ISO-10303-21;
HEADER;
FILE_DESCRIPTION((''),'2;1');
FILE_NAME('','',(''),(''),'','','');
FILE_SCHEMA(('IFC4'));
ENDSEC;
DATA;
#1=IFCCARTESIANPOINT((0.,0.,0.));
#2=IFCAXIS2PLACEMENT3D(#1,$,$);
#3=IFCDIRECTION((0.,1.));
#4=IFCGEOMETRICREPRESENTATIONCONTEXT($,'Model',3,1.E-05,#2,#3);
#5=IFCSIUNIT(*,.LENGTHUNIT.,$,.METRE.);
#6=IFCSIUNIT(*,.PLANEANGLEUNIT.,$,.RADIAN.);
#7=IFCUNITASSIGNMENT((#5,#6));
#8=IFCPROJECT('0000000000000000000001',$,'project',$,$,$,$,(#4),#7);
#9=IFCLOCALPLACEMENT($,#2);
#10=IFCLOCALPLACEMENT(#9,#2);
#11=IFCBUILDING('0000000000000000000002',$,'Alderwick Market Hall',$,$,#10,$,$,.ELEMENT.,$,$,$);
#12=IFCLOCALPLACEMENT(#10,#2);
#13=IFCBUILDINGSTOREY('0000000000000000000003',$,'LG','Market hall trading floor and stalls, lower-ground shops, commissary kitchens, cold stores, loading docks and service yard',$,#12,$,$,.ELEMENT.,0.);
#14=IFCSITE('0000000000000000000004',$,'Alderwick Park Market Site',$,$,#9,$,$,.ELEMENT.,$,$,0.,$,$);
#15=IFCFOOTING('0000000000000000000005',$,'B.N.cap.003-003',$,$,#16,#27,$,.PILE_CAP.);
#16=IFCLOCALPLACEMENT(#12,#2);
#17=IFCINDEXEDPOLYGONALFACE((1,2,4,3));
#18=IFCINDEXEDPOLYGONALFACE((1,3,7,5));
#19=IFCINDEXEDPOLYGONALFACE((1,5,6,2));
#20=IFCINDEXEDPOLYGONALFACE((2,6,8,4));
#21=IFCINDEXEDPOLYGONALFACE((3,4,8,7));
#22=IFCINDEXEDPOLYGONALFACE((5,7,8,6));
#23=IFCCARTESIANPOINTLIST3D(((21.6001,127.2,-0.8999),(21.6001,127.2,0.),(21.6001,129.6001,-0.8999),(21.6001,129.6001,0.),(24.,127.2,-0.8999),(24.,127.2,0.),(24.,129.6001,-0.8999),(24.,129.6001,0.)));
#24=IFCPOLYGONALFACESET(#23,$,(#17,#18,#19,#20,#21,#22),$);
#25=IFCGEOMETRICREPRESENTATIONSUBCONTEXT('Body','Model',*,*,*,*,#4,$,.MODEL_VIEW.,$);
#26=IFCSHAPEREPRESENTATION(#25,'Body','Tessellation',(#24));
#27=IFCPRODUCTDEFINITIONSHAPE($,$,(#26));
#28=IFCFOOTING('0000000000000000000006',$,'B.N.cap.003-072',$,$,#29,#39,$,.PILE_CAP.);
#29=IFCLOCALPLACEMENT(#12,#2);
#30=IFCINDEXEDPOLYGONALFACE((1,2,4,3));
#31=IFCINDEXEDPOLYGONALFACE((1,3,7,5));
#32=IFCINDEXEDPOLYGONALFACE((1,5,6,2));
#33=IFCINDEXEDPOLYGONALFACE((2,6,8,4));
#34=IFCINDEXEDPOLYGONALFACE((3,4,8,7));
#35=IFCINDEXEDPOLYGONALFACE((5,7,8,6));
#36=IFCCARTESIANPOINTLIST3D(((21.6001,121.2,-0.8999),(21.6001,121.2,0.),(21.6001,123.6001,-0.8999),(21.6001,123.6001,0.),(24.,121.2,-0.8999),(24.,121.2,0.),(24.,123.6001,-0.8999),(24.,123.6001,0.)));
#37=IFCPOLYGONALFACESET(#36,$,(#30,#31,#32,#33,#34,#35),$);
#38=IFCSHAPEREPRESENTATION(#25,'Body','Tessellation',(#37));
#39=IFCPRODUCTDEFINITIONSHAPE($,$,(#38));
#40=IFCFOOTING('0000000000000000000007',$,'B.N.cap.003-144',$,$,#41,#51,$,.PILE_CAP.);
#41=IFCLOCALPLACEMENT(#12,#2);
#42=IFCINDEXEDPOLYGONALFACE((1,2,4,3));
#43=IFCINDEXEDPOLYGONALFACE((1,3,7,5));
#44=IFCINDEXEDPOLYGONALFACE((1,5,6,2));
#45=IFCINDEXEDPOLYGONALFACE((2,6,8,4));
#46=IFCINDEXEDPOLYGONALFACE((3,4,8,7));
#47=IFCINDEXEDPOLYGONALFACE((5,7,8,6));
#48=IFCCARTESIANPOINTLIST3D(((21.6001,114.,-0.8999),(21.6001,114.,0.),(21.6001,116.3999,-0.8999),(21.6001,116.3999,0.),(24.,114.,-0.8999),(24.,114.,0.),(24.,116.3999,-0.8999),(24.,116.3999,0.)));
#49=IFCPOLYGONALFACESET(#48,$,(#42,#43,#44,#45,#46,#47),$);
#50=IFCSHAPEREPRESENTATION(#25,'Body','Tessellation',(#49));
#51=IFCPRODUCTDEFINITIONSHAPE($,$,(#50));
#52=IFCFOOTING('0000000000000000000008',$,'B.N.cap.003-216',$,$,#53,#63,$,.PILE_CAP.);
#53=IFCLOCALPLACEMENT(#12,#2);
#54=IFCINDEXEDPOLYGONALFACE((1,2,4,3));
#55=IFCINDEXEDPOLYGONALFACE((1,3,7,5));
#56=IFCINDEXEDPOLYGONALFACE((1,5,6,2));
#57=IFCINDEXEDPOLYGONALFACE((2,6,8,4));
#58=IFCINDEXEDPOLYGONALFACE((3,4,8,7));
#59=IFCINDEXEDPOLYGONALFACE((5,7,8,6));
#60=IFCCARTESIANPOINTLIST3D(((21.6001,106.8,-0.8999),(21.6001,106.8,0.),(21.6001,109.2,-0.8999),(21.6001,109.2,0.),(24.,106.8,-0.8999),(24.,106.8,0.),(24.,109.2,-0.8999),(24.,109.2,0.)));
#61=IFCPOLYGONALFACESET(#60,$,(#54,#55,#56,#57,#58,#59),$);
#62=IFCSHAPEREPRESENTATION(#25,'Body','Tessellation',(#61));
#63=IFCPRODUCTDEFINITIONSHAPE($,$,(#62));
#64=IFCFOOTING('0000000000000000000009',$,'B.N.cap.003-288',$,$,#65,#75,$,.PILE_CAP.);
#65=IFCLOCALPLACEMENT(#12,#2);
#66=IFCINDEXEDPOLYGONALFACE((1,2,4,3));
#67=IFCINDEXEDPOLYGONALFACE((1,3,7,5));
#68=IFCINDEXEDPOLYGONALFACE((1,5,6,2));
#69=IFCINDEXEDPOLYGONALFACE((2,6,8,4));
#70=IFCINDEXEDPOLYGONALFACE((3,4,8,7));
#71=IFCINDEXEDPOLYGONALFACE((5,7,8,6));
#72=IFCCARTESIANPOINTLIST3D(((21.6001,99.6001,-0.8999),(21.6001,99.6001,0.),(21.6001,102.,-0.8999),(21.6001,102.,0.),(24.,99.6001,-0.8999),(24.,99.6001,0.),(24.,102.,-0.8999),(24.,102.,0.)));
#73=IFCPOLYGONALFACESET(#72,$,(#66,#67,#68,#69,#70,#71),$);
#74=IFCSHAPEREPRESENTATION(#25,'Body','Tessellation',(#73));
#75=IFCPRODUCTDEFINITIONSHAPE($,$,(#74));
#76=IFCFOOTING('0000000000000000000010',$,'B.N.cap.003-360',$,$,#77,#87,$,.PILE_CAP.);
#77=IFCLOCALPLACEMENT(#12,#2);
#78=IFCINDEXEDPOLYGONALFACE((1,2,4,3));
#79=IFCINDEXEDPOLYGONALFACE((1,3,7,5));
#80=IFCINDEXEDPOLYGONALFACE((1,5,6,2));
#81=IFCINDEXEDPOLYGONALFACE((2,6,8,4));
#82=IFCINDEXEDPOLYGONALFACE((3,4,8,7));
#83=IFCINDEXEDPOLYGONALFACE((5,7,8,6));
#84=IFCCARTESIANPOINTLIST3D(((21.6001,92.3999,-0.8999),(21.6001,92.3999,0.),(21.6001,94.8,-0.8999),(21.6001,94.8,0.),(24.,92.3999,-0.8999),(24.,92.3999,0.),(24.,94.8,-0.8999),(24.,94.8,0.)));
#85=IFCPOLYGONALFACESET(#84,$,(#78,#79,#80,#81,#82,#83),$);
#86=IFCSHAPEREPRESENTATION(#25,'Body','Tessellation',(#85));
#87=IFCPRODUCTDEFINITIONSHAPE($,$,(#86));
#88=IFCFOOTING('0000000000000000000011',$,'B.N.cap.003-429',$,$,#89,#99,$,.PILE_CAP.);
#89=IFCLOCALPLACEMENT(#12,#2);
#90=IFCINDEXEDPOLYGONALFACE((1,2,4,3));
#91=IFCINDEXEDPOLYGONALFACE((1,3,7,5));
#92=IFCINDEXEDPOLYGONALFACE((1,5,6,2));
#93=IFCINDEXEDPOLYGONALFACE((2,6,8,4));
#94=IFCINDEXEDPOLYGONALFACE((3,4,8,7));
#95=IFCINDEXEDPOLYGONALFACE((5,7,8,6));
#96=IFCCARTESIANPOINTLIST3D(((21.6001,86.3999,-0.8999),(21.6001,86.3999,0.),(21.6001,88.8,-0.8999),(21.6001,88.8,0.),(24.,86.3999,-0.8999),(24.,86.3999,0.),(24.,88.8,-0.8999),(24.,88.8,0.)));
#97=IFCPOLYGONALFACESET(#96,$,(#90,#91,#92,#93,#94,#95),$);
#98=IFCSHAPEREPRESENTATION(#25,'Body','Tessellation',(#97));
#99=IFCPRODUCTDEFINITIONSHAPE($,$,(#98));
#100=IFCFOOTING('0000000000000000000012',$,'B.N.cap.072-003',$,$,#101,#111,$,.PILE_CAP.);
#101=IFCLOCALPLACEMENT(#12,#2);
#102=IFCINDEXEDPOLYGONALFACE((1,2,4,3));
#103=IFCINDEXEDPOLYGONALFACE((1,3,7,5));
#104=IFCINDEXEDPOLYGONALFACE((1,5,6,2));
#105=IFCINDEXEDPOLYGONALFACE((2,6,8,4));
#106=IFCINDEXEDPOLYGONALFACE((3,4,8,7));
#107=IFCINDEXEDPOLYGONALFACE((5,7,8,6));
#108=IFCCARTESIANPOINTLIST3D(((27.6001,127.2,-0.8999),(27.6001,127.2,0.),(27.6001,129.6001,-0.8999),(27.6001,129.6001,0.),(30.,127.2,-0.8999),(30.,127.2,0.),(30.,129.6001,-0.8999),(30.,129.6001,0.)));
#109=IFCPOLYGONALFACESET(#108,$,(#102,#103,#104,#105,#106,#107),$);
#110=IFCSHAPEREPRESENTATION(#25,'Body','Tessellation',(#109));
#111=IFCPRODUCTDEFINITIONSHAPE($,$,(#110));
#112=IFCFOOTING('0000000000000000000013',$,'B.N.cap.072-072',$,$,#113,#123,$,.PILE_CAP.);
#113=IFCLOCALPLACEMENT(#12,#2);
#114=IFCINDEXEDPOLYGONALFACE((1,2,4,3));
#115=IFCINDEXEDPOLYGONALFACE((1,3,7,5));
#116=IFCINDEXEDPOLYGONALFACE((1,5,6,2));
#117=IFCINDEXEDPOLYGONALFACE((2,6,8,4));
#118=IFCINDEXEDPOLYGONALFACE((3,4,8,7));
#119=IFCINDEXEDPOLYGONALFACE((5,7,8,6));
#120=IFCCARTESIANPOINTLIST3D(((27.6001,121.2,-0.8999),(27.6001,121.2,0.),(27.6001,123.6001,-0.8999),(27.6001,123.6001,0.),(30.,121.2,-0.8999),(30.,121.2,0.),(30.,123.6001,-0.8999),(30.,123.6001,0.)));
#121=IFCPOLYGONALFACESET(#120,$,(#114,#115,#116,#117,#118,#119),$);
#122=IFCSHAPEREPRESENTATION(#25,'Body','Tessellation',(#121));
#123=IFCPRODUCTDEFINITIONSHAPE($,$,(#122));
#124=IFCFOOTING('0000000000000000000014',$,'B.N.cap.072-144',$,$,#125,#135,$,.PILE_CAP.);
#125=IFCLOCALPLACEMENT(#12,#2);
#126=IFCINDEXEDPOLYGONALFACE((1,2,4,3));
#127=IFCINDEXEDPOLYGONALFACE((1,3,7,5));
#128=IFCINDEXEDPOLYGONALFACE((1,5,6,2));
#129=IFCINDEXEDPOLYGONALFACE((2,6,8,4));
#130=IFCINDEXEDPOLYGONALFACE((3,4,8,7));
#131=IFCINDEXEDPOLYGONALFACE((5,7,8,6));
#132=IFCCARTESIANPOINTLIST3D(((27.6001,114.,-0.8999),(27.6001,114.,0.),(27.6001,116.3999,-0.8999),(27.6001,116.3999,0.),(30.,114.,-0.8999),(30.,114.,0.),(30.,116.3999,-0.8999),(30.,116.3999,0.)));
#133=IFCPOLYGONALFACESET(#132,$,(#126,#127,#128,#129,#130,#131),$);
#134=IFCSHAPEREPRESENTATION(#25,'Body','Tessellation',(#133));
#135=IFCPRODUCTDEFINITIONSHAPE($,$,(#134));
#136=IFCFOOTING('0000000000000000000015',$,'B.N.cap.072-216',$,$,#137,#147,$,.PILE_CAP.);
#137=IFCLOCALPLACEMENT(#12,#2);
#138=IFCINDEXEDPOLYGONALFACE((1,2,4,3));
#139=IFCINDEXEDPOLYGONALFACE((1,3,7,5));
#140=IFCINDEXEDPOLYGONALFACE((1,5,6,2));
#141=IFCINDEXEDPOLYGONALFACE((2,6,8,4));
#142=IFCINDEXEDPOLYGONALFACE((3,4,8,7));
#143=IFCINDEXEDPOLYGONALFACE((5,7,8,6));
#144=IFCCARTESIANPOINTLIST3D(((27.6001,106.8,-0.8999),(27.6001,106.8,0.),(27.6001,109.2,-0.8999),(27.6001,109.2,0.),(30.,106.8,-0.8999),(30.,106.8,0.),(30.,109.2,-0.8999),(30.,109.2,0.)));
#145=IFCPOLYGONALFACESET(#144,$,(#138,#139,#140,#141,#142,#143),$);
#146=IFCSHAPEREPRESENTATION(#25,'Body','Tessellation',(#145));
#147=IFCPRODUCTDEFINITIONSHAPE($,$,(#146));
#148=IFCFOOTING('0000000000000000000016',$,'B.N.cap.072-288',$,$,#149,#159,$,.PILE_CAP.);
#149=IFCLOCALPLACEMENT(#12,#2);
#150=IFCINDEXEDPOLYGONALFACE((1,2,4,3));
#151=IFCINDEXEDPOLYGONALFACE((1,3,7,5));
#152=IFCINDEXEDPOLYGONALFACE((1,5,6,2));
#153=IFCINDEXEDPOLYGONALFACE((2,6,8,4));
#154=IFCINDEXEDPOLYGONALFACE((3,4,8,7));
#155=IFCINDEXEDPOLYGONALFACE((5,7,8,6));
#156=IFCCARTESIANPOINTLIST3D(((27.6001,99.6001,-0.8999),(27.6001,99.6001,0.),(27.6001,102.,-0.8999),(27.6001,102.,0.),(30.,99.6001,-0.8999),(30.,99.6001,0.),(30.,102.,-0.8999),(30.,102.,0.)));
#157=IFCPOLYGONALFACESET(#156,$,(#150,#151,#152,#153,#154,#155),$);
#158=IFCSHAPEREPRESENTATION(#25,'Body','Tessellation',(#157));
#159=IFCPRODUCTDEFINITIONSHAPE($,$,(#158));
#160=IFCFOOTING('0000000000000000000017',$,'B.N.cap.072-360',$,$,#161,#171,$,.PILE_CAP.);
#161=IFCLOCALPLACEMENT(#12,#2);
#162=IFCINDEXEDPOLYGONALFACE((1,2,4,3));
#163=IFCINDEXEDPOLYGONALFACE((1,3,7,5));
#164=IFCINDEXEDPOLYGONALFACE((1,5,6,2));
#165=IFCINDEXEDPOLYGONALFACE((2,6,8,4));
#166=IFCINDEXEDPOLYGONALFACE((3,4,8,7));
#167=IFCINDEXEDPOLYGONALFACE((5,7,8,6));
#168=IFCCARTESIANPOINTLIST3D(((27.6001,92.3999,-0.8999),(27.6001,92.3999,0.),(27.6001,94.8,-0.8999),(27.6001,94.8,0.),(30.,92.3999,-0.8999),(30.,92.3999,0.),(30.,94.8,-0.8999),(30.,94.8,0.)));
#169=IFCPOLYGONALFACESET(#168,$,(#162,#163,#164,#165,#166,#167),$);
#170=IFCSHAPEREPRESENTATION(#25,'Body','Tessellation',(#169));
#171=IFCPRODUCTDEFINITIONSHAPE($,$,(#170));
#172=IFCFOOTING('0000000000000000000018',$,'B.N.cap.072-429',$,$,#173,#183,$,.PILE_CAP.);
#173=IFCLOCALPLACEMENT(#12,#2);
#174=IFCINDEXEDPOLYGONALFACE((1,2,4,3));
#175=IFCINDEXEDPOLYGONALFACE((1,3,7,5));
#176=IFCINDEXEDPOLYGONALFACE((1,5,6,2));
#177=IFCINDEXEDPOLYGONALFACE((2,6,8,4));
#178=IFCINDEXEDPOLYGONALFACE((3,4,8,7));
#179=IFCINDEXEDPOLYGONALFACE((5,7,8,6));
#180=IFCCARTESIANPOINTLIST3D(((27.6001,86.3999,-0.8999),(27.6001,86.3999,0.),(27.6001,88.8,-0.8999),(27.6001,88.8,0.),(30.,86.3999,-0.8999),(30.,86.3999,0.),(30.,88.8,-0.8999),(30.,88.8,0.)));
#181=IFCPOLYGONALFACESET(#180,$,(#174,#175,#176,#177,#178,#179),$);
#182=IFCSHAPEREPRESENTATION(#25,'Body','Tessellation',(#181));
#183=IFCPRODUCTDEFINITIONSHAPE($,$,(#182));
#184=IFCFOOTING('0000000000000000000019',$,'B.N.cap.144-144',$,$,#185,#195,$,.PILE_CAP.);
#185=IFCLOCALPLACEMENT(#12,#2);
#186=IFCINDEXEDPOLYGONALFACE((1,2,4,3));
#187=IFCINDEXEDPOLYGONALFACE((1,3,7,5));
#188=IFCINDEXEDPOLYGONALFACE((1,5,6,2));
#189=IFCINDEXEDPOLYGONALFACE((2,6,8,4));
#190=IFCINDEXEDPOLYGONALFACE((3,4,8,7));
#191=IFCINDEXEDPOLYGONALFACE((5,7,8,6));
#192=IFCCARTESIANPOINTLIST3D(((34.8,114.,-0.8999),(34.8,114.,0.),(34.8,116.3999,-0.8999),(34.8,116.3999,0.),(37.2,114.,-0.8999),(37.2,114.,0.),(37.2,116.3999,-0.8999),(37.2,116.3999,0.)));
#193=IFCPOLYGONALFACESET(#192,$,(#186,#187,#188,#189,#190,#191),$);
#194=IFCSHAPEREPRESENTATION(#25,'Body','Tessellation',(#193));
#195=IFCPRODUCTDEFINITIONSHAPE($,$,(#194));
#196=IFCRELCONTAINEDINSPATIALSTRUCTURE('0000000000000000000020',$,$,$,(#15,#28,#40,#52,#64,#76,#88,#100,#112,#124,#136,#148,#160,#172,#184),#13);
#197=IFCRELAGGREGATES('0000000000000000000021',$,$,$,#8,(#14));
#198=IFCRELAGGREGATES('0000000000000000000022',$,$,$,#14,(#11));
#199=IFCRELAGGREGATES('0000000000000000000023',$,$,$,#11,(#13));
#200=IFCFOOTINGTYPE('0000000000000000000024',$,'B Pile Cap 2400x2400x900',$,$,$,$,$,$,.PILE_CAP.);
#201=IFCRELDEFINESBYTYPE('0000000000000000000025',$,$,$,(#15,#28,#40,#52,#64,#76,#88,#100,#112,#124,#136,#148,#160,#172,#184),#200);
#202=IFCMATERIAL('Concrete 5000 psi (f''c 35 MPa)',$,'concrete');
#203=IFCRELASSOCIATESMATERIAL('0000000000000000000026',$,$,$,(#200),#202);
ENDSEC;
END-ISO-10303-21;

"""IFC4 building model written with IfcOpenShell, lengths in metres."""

from ifc_helpers import new_model, si_unit, direction, frame, origin, place, context, subcontext, project, spatial, polyline, outline, extrude, material, type_object, element, save


model = new_model("IFC4")

# Units and contexts
model_context = context("Model", 3, precision=1e-05, world=origin(), true_north=direction((0.0, 1.0)))
body_context = subcontext(model_context, "Body", "Model", "MODEL_VIEW")
ifc_project = project(units=[si_unit("LENGTHUNIT", "METRE"), si_unit("PLANEANGLEUNIT", "RADIAN")], contexts=[model_context])

# Site, building, storey
site_placement = place(None, origin())
site = spatial("IfcSite", under=ifc_project, at=site_placement, Name="Alderwick Park Market Site", CompositionType="ELEMENT", RefElevation=0.0)
building_placement = place(site_placement, origin())
building = spatial("IfcBuilding", under=site, at=building_placement, Name="Alderwick Market Hall", CompositionType="ELEMENT")
storey_placement = place(building_placement, origin())
storey = spatial("IfcBuildingStorey", under=building, at=storey_placement, Name="LG", Description="Market hall trading floor and stalls, lower-ground shops, commissary kitchens, cold stores, loading docks and service yard", CompositionType="ELEMENT", Elevation=0.0)

# Footings
ifc_material_1 = material(Name="Concrete 5000 psi (f'c 35 MPa)", Category="concrete")
footing_type_1 = type_object("IfcFootingType", Name="B Pile Cap 2400x2400x900", PredefinedType="PILE_CAP", material=ifc_material_1)
footing_1_placement = place(storey_placement, frame((0.0, 0.0, -0.8999)))
element("IfcFooting", 1, at=footing_1_placement, inside=storey, type_object=footing_type_1, Name="B.N.cap.003-003", PredefinedType="PILE_CAP", context=body_context, shape_type="SweptSolid", body=[
    extrude(outline(polyline([(21.6001, 127.2), (24.0, 127.2), (24.0, 129.6001), (21.6001, 129.6001), (21.6001, 127.2)])), origin(), (0.0, 0.0, 1.0), 0.8999),
])
footing_2_placement = place(storey_placement, frame((0.0, 0.0, -0.8999)))
element("IfcFooting", 2, at=footing_2_placement, inside=storey, type_object=footing_type_1, Name="B.N.cap.003-072", PredefinedType="PILE_CAP", context=body_context, shape_type="SweptSolid", body=[
    extrude(outline(polyline([(21.6001, 121.2), (24.0, 121.2), (24.0, 123.6001), (21.6001, 123.6001), (21.6001, 121.2)])), origin(), (0.0, 0.0, 1.0), 0.8999),
])
footing_3_placement = place(storey_placement, frame((0.0, 0.0, -0.8999)))
element("IfcFooting", 3, at=footing_3_placement, inside=storey, type_object=footing_type_1, Name="B.N.cap.003-144", PredefinedType="PILE_CAP", context=body_context, shape_type="SweptSolid", body=[
    extrude(outline(polyline([(21.6001, 114.0), (24.0, 114.0), (24.0, 116.3999), (21.6001, 116.3999), (21.6001, 114.0)])), origin(), (0.0, 0.0, 1.0), 0.8999),
])
footing_4_placement = place(storey_placement, frame((0.0, 0.0, -0.8999)))
element("IfcFooting", 4, at=footing_4_placement, inside=storey, type_object=footing_type_1, Name="B.N.cap.003-216", PredefinedType="PILE_CAP", context=body_context, shape_type="SweptSolid", body=[
    extrude(outline(polyline([(21.6001, 106.8), (24.0, 106.8), (24.0, 109.2), (21.6001, 109.2), (21.6001, 106.8)])), origin(), (0.0, 0.0, 1.0), 0.8999),
])
footing_5_placement = place(storey_placement, frame((0.0, 0.0, -0.8999)))
element("IfcFooting", 5, at=footing_5_placement, inside=storey, type_object=footing_type_1, Name="B.N.cap.003-288", PredefinedType="PILE_CAP", context=body_context, shape_type="SweptSolid", body=[
    extrude(outline(polyline([(21.6001, 99.6001), (24.0, 99.6001), (24.0, 102.0), (21.6001, 102.0), (21.6001, 99.6001)])), origin(), (0.0, 0.0, 1.0), 0.8999),
])
footing_6_placement = place(storey_placement, frame((0.0, 0.0, -0.8999)))
element("IfcFooting", 6, at=footing_6_placement, inside=storey, type_object=footing_type_1, Name="B.N.cap.003-360", PredefinedType="PILE_CAP", context=body_context, shape_type="SweptSolid", body=[
    extrude(outline(polyline([(21.6001, 92.3999), (24.0, 92.3999), (24.0, 94.8), (21.6001, 94.8), (21.6001, 92.3999)])), origin(), (0.0, 0.0, 1.0), 0.8999),
])
footing_7_placement = place(storey_placement, frame((0.0, 0.0, -0.8999)))
element("IfcFooting", 7, at=footing_7_placement, inside=storey, type_object=footing_type_1, Name="B.N.cap.003-429", PredefinedType="PILE_CAP", context=body_context, shape_type="SweptSolid", body=[
    extrude(outline(polyline([(21.6001, 86.3999), (24.0, 86.3999), (24.0, 88.8), (21.6001, 88.8), (21.6001, 86.3999)])), origin(), (0.0, 0.0, 1.0), 0.8999),
])
footing_8_placement = place(storey_placement, frame((0.0, 0.0, -0.8999)))
element("IfcFooting", 8, at=footing_8_placement, inside=storey, type_object=footing_type_1, Name="B.N.cap.072-003", PredefinedType="PILE_CAP", context=body_context, shape_type="SweptSolid", body=[
    extrude(outline(polyline([(27.6001, 127.2), (30.0, 127.2), (30.0, 129.6001), (27.6001, 129.6001), (27.6001, 127.2)])), origin(), (0.0, 0.0, 1.0), 0.8999),
])
footing_9_placement = place(storey_placement, frame((0.0, 0.0, -0.8999)))
element("IfcFooting", 9, at=footing_9_placement, inside=storey, type_object=footing_type_1, Name="B.N.cap.072-072", PredefinedType="PILE_CAP", context=body_context, shape_type="SweptSolid", body=[
    extrude(outline(polyline([(27.6001, 121.2), (30.0, 121.2), (30.0, 123.6001), (27.6001, 123.6001), (27.6001, 121.2)])), origin(), (0.0, 0.0, 1.0), 0.8999),
])
footing_10_placement = place(storey_placement, frame((0.0, 0.0, -0.8999)))
element("IfcFooting", 10, at=footing_10_placement, inside=storey, type_object=footing_type_1, Name="B.N.cap.072-144", PredefinedType="PILE_CAP", context=body_context, shape_type="SweptSolid", body=[
    extrude(outline(polyline([(27.6001, 114.0), (30.0, 114.0), (30.0, 116.3999), (27.6001, 116.3999), (27.6001, 114.0)])), origin(), (0.0, 0.0, 1.0), 0.8999),
])
footing_11_placement = place(storey_placement, frame((0.0, 0.0, -0.8999)))
element("IfcFooting", 11, at=footing_11_placement, inside=storey, type_object=footing_type_1, Name="B.N.cap.072-216", PredefinedType="PILE_CAP", context=body_context, shape_type="SweptSolid", body=[
    extrude(outline(polyline([(27.6001, 106.8), (30.0, 106.8), (30.0, 109.2), (27.6001, 109.2), (27.6001, 106.8)])), origin(), (0.0, 0.0, 1.0), 0.8999),
])
footing_12_placement = place(storey_placement, frame((0.0, 0.0, -0.8999)))
element("IfcFooting", 12, at=footing_12_placement, inside=storey, type_object=footing_type_1, Name="B.N.cap.072-288", PredefinedType="PILE_CAP", context=body_context, shape_type="SweptSolid", body=[
    extrude(outline(polyline([(27.6001, 99.6001), (30.0, 99.6001), (30.0, 102.0), (27.6001, 102.0), (27.6001, 99.6001)])), origin(), (0.0, 0.0, 1.0), 0.8999),
])
footing_13_placement = place(storey_placement, frame((0.0, 0.0, -0.8999)))
element("IfcFooting", 13, at=footing_13_placement, inside=storey, type_object=footing_type_1, Name="B.N.cap.072-360", PredefinedType="PILE_CAP", context=body_context, shape_type="SweptSolid", body=[
    extrude(outline(polyline([(27.6001, 92.3999), (30.0, 92.3999), (30.0, 94.8), (27.6001, 94.8), (27.6001, 92.3999)])), origin(), (0.0, 0.0, 1.0), 0.8999),
])
footing_14_placement = place(storey_placement, frame((0.0, 0.0, -0.8999)))
element("IfcFooting", 14, at=footing_14_placement, inside=storey, type_object=footing_type_1, Name="B.N.cap.072-429", PredefinedType="PILE_CAP", context=body_context, shape_type="SweptSolid", body=[
    extrude(outline(polyline([(27.6001, 86.3999), (30.0, 86.3999), (30.0, 88.8), (27.6001, 88.8), (27.6001, 86.3999)])), origin(), (0.0, 0.0, 1.0), 0.8999),
])
footing_15_placement = place(storey_placement, frame((0.0, 0.0, -0.8999)))
element("IfcFooting", 15, at=footing_15_placement, inside=storey, type_object=footing_type_1, Name="B.N.cap.144-144", PredefinedType="PILE_CAP", context=body_context, shape_type="SweptSolid", body=[
    extrude(outline(polyline([(34.8, 114.0), (37.2, 114.0), (37.2, 116.3999), (34.8, 116.3999), (34.8, 114.0)])), origin(), (0.0, 0.0, 1.0), 0.8999),
])

save(model, "model.ifc")
